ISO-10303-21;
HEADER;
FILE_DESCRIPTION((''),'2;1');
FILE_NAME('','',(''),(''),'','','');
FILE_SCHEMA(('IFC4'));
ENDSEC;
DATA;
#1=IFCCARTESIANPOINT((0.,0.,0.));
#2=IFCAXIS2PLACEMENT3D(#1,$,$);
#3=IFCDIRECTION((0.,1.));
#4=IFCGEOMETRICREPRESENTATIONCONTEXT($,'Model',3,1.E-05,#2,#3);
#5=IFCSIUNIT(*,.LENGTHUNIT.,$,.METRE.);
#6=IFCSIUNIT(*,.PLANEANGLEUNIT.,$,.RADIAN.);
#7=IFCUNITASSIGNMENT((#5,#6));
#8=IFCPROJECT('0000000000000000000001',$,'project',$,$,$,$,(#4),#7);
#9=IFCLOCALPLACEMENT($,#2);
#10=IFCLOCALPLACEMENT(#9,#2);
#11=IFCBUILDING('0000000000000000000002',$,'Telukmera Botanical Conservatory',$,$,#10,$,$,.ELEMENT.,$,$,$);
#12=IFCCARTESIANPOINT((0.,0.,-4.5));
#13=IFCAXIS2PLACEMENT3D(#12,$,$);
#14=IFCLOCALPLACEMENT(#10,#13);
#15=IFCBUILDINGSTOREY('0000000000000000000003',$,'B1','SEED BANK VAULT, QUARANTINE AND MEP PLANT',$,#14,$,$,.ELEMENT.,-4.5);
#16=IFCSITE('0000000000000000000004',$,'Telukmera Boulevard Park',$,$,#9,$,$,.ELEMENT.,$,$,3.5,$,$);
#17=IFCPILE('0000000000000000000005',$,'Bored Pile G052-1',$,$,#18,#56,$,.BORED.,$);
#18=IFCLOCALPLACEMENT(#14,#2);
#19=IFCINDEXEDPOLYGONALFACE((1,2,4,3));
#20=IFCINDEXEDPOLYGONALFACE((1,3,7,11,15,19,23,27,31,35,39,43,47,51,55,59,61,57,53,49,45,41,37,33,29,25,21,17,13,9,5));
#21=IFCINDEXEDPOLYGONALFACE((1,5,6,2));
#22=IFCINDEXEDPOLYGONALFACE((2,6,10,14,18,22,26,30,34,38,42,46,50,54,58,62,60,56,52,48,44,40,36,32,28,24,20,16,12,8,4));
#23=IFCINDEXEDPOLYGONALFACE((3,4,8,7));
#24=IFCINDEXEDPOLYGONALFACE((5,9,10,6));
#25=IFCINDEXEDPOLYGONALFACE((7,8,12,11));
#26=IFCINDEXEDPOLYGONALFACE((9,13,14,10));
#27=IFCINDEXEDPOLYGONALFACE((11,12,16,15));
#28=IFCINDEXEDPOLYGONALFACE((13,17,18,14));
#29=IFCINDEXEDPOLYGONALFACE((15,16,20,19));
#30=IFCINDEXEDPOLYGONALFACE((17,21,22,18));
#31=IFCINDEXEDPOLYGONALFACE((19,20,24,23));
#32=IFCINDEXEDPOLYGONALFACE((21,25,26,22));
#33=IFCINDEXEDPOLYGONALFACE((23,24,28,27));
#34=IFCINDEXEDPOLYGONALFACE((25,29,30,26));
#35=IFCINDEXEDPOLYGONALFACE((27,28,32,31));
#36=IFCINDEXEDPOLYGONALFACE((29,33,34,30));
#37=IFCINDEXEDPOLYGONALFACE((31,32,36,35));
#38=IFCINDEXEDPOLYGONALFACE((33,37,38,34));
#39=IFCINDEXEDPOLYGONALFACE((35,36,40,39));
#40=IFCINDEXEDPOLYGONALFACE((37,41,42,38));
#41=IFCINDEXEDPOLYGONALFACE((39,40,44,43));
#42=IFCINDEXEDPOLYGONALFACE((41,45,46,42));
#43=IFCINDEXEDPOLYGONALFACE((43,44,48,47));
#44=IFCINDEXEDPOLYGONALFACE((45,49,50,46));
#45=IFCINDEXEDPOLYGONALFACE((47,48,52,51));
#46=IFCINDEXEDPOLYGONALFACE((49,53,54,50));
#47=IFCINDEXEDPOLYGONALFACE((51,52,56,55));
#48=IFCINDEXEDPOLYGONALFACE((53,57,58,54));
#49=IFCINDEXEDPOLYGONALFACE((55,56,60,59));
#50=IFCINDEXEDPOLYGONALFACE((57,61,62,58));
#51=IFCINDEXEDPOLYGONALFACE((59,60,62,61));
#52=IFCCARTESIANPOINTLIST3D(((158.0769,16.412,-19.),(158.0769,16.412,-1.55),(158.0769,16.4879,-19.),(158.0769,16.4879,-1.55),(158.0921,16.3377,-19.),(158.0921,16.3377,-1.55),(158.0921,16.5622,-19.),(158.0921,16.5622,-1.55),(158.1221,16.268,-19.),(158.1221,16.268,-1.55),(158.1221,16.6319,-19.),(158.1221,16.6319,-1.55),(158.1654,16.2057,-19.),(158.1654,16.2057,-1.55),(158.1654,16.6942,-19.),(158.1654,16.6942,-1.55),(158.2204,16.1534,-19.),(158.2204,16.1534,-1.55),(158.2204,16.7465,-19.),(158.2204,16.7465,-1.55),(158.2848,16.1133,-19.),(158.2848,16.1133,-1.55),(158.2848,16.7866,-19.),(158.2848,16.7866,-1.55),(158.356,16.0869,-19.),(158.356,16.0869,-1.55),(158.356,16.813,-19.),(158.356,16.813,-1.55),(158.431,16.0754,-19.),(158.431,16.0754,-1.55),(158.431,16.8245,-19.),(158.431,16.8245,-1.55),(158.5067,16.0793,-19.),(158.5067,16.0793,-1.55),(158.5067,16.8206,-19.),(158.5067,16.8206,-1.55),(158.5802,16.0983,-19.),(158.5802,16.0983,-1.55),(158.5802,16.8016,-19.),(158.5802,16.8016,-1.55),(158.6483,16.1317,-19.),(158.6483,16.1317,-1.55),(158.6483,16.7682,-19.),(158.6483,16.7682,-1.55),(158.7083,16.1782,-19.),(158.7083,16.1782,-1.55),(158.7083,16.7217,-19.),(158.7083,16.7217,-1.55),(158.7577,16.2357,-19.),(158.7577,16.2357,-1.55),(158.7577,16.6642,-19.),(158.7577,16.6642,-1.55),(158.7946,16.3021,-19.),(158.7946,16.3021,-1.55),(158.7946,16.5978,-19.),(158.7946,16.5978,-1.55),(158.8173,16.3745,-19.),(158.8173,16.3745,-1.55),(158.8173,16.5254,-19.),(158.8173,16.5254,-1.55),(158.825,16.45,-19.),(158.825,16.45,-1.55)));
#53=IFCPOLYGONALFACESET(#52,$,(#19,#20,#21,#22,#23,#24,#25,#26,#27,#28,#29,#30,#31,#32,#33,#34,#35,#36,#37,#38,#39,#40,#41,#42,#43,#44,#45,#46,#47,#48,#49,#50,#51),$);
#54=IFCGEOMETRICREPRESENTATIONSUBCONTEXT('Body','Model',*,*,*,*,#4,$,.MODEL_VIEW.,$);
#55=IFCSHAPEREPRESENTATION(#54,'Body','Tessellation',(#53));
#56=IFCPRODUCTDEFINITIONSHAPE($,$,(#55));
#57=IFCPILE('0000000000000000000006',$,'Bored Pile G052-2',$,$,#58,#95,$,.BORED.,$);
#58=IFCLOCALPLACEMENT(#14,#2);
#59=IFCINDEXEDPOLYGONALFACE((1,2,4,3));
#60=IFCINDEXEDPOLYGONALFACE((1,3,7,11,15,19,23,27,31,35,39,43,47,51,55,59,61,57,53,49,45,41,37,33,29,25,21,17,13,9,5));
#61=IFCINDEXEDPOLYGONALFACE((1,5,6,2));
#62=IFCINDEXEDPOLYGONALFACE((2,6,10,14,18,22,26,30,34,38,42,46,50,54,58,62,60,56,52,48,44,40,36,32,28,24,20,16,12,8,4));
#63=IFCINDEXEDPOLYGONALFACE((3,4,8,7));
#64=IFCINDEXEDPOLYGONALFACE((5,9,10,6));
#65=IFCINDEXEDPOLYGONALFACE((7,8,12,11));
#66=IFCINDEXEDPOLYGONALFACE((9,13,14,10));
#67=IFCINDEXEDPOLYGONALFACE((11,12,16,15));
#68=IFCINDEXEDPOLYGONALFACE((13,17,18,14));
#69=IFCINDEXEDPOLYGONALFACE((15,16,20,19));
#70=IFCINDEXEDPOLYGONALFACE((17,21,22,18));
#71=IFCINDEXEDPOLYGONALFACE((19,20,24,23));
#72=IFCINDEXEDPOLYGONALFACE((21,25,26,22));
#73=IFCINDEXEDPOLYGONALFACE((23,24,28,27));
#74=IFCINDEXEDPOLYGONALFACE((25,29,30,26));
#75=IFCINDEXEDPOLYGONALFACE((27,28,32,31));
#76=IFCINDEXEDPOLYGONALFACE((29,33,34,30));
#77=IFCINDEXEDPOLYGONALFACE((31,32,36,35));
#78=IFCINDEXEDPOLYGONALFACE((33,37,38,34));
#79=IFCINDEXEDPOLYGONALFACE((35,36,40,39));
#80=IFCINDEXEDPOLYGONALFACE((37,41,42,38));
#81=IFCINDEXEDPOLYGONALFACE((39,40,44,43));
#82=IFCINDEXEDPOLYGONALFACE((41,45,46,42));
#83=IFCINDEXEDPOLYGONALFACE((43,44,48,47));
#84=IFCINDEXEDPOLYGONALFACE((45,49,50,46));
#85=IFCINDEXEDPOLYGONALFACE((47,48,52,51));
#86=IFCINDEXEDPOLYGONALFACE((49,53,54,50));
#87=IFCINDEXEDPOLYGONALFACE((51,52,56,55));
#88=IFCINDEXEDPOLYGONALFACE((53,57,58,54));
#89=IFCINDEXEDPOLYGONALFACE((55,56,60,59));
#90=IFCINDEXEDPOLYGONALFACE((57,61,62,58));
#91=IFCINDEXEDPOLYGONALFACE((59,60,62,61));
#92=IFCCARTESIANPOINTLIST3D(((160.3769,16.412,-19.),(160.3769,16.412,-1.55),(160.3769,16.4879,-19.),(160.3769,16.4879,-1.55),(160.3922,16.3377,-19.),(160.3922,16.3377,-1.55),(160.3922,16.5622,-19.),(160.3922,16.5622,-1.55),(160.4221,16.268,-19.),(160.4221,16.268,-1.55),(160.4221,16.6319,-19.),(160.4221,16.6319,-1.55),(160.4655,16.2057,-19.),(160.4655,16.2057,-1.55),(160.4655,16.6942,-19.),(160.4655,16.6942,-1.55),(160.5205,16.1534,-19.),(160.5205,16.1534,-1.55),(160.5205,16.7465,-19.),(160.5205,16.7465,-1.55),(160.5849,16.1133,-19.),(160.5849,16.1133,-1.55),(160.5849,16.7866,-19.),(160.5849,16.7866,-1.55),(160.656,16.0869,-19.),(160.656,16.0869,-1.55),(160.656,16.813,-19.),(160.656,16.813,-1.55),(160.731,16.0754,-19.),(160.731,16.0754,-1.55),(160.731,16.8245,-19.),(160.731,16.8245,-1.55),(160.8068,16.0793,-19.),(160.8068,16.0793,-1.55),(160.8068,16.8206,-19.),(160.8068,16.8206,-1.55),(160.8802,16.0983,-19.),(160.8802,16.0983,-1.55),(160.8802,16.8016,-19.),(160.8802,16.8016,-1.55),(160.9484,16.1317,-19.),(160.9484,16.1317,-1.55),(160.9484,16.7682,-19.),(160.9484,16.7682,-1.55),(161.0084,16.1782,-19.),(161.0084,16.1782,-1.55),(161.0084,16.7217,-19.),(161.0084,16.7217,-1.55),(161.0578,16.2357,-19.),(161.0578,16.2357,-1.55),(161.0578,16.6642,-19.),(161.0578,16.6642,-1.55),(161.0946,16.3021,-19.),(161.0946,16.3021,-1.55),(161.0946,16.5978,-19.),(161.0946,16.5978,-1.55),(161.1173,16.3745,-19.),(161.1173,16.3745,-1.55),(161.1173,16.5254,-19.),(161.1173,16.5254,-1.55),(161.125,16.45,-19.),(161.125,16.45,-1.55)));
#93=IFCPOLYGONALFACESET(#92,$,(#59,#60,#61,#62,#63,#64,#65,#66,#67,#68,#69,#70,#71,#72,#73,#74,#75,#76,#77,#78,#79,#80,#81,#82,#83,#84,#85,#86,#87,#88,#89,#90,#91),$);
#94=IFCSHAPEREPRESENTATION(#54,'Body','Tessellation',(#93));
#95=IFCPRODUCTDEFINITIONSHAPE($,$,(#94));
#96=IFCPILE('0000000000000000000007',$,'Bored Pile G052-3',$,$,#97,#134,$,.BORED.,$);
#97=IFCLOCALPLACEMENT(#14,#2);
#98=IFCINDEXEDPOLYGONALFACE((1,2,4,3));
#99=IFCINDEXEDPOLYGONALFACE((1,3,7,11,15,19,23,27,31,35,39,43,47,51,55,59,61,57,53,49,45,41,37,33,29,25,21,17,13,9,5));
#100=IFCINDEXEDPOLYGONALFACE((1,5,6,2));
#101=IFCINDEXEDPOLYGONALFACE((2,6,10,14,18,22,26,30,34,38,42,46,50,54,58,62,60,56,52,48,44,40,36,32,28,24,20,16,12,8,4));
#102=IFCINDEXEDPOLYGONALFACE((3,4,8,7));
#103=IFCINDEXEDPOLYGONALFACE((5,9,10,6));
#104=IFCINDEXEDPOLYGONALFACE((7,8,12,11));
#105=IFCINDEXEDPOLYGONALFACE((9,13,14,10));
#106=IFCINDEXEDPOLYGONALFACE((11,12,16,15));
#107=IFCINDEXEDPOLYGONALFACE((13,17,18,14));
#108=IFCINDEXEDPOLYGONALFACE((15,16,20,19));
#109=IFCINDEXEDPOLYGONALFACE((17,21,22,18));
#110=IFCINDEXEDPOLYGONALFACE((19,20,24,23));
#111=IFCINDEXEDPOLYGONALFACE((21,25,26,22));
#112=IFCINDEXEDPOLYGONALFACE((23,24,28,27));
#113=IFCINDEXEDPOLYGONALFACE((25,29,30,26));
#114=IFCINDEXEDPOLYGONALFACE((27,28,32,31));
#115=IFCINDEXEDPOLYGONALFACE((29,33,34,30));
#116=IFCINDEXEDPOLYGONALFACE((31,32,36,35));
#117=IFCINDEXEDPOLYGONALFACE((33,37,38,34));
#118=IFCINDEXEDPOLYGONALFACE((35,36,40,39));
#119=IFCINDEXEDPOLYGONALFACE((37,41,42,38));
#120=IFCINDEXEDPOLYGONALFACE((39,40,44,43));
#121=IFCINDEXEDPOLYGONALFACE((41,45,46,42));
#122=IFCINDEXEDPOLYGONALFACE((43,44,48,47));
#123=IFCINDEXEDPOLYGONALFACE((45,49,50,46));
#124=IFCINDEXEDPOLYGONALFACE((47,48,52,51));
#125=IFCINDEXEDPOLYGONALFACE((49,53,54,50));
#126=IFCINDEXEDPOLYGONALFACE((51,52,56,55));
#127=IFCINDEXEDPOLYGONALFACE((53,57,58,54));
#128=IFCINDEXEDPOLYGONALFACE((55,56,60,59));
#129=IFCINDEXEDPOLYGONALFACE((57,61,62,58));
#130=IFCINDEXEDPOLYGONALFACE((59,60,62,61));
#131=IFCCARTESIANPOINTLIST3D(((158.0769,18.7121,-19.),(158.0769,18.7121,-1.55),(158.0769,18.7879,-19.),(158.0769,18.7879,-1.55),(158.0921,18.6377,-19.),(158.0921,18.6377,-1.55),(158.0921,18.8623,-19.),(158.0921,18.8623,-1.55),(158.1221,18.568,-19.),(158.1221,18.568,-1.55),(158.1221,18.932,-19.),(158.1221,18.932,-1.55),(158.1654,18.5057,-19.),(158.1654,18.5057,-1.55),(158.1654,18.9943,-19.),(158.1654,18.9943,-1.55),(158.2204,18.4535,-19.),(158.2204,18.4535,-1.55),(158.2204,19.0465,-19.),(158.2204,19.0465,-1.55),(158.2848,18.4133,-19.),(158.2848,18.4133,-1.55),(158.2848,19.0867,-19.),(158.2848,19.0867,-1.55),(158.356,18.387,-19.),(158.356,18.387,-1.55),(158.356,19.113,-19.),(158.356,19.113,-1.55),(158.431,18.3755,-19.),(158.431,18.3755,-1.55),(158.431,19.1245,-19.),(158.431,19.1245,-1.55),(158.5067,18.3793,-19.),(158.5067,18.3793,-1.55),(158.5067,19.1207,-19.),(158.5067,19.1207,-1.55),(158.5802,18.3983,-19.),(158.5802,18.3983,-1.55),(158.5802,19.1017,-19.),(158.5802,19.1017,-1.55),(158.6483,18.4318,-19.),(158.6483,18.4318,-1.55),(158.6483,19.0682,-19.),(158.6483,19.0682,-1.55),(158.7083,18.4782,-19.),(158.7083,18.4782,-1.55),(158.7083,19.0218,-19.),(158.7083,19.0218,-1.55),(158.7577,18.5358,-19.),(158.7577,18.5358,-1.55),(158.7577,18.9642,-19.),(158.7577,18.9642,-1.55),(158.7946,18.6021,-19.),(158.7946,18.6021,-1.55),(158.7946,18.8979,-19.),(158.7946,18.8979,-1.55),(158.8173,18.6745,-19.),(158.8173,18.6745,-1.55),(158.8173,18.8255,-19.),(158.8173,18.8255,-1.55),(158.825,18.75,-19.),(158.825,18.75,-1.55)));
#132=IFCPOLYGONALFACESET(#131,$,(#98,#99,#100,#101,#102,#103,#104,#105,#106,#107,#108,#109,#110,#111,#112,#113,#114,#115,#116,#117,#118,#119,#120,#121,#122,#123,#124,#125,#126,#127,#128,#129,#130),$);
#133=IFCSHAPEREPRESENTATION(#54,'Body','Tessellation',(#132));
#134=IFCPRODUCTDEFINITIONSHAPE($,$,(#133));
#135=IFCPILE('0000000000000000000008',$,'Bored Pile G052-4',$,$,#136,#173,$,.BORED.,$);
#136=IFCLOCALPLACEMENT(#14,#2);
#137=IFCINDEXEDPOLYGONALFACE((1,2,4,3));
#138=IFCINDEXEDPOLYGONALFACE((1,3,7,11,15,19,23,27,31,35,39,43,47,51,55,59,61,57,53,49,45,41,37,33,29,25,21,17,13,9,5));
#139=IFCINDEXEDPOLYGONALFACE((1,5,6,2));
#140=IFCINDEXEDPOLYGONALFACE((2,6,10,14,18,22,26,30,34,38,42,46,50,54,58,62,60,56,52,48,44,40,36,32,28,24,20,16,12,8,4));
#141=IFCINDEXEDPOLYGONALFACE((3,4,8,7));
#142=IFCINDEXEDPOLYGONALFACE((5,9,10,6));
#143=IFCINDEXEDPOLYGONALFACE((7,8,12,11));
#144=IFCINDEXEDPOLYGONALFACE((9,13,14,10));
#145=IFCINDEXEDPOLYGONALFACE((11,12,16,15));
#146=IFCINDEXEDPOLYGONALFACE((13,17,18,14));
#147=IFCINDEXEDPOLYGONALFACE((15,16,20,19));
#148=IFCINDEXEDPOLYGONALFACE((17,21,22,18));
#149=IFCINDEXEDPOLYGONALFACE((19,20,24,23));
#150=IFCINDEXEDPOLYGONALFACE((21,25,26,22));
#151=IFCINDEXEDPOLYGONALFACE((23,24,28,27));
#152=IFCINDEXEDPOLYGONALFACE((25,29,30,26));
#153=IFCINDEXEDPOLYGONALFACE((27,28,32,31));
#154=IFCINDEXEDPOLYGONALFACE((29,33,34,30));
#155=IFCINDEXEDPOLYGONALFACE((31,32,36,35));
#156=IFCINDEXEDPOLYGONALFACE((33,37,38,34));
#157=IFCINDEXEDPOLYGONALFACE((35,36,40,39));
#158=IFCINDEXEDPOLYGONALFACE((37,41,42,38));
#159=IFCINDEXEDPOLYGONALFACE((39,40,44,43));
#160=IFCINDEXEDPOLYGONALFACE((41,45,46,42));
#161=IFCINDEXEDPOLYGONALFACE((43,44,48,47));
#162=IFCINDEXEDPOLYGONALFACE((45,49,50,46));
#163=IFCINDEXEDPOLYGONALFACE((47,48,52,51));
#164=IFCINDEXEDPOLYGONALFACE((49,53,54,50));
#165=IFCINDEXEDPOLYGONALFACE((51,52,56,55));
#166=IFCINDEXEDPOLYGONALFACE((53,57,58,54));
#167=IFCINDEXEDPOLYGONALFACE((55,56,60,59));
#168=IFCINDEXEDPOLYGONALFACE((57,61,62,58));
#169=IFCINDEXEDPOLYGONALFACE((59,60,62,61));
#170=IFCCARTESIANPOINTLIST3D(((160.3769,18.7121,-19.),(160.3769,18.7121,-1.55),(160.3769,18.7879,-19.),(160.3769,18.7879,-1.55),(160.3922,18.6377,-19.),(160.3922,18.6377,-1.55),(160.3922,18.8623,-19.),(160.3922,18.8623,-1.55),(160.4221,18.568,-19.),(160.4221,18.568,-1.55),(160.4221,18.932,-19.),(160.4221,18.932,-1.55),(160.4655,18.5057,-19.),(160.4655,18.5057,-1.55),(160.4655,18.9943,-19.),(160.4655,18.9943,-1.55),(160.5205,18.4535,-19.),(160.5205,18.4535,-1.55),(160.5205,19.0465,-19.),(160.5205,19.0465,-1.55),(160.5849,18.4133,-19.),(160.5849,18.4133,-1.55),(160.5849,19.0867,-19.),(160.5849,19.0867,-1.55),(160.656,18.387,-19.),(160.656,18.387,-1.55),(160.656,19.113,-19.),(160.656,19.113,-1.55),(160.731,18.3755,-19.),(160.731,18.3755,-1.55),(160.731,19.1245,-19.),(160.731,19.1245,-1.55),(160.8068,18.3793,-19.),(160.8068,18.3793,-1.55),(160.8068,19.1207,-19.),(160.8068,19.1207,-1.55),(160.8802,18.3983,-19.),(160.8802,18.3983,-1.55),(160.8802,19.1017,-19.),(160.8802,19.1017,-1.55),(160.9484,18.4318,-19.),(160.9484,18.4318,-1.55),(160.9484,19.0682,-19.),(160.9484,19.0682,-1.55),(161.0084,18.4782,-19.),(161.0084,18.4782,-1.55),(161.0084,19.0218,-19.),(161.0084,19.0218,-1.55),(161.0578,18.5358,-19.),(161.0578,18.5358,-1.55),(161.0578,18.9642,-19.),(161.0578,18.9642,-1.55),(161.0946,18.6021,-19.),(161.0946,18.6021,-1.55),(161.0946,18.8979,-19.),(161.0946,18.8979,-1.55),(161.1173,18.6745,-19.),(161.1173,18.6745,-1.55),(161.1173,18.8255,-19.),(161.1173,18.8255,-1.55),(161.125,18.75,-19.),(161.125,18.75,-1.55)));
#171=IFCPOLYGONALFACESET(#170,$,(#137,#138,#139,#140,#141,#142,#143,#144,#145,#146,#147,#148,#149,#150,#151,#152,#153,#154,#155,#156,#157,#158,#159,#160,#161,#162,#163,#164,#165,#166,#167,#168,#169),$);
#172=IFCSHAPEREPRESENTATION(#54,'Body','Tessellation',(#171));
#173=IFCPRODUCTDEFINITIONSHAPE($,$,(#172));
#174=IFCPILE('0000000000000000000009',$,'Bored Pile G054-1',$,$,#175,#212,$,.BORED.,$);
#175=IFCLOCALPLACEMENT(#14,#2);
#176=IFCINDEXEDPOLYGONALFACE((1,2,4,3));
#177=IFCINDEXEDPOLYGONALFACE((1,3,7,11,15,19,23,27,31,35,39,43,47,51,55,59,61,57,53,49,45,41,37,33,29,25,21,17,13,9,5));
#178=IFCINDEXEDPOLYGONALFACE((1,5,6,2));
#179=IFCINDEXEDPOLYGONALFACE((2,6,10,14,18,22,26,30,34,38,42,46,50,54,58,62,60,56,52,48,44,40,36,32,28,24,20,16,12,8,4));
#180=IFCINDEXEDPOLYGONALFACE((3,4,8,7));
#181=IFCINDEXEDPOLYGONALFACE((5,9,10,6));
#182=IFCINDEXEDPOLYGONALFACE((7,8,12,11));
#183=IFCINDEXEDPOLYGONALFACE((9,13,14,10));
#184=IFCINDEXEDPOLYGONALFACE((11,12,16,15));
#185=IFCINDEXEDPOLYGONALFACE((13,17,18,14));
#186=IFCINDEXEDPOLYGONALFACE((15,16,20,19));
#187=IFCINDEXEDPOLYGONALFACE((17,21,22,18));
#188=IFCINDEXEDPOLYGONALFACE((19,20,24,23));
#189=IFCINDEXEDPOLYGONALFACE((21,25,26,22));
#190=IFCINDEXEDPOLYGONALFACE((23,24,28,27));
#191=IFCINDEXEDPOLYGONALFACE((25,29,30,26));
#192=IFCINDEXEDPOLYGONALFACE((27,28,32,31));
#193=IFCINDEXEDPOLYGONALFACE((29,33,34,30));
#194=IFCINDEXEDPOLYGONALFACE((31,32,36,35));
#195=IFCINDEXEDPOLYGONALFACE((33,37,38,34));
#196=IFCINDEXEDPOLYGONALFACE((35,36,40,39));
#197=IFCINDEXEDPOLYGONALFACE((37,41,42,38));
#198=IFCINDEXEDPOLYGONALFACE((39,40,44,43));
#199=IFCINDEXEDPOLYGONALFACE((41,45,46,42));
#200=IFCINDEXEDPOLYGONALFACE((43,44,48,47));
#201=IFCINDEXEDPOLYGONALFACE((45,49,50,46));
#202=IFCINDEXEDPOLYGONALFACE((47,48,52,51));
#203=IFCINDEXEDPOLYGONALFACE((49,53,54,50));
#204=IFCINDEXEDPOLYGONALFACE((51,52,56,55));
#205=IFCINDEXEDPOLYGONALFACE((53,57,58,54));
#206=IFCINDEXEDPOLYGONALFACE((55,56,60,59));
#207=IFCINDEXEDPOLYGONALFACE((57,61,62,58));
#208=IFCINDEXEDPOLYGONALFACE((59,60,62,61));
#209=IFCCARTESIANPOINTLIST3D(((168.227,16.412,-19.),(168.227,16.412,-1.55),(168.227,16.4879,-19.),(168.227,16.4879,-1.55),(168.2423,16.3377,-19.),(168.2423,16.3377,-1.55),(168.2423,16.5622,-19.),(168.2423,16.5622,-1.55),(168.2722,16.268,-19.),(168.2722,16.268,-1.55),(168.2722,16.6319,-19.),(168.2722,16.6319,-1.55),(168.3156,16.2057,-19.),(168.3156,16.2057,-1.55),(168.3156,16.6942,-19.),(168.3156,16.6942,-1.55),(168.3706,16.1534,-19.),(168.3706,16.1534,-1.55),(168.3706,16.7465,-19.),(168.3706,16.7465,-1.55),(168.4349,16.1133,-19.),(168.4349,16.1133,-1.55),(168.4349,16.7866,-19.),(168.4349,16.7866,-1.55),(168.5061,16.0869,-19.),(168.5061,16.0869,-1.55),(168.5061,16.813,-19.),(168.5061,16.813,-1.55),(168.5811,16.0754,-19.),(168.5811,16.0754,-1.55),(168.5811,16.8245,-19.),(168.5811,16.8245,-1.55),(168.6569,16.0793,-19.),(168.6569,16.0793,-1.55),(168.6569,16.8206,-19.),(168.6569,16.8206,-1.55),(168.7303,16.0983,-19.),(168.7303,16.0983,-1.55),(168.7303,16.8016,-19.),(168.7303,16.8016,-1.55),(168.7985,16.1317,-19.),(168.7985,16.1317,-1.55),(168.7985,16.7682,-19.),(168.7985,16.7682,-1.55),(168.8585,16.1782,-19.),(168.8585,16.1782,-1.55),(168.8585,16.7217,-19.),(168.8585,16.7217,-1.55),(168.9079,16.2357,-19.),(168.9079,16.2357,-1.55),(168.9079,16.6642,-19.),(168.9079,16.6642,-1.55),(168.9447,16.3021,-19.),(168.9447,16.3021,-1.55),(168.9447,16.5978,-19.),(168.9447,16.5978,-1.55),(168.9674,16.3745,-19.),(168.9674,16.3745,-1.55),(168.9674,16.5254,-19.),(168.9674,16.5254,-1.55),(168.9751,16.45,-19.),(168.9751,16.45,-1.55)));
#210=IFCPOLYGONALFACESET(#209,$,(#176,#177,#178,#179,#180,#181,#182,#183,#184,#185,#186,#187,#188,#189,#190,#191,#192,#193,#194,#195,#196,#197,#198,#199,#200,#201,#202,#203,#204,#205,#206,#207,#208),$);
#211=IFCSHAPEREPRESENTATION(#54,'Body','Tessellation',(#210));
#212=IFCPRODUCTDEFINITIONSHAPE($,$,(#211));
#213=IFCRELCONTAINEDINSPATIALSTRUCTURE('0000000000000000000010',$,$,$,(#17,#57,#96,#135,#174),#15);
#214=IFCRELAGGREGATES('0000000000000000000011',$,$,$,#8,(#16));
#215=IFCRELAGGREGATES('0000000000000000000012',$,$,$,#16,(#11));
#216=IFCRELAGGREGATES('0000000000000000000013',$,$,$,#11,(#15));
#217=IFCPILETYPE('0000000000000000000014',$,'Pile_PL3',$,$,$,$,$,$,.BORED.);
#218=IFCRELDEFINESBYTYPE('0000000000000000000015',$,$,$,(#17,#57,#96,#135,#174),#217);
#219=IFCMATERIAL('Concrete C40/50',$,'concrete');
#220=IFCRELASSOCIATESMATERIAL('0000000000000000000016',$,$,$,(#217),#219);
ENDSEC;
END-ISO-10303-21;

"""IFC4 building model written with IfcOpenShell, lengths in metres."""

from ifc_helpers import new_model, si_unit, direction, frame, origin, origin_2d, place, context, subcontext, project, spatial, circle, extrude, material, material_profile, profile_set, type_object, element, save


model = new_model("IFC4")

# Units and contexts
model_context = context("Model", 3, precision=1e-05, world=origin(), true_north=direction((0.0, 1.0)))
body_context = subcontext(model_context, "Body", "Model", "MODEL_VIEW")
ifc_project = project(units=[si_unit("LENGTHUNIT", "METRE"), si_unit("PLANEANGLEUNIT", "RADIAN")], contexts=[model_context])

# Site, building, storey
site_placement = place(None, origin())
site = spatial("IfcSite", under=ifc_project, at=site_placement, Name="Telukmera Boulevard Park", CompositionType="ELEMENT", RefElevation=3.5)
building_placement = place(site_placement, origin())
building = spatial("IfcBuilding", under=site, at=building_placement, Name="Telukmera Botanical Conservatory", CompositionType="ELEMENT")
storey_placement = place(building_placement, frame((0.0, 0.0, -4.5)))
storey = spatial("IfcBuildingStorey", under=building, at=storey_placement, Name="B1", Description="SEED BANK VAULT, QUARANTINE AND MEP PLANT", CompositionType="ELEMENT", Elevation=-4.5)

# Shared definitions
ifc_material_1 = material(Name="Concrete C40/50", Category="concrete")

# Piles
ifc_material_profile_1 = material_profile(ifc_material_1, circle(Radius=0.375, at=origin_2d()), Name="PILE D750")
ifc_profile_set_1 = profile_set([ifc_material_profile_1], Name="Concrete C40/50")
pile_type = type_object("IfcPileType", Name="Pile_PL3", PredefinedType="BORED", material=ifc_profile_set_1)
for number, where, z_axis, x_axis, name in (
    (1, (158.45, 16.45, -1.55), (0.0, 0.0, -1.0), (1.0, 0.0, 0.0), "Bored Pile G052-1"),
    (2, (160.75, 16.45, -1.55), (0.0, 0.0, -1.0), (1.0, 0.0, 0.0), "Bored Pile G052-2"),
    (3, (158.45, 18.75, -1.55), (0.0, 0.0, -1.0), (1.0, 0.0, 0.0), "Bored Pile G052-3"),
    (4, (160.75, 18.75, -1.55), (0.0, 0.0, -1.0), (1.0, 0.0, 0.0), "Bored Pile G052-4"),
    (5, (168.6001, 16.45, -1.55), (0.0, 0.0, -1.0), (1.0, 0.0, 0.0), "Bored Pile G054-1"),
):
    element("IfcPile", number, at=place(storey_placement, frame(where, z_axis=z_axis, x_axis=x_axis)), inside=storey, type_object=pile_type, Name=name, PredefinedType="BORED", context=body_context, shape_type="SweptSolid", body=[
        extrude(circle(Radius=0.375, at=origin_2d()), origin(), (0.0, 0.0, 1.0), 17.45),
    ])

save(model, "model.ifc")
